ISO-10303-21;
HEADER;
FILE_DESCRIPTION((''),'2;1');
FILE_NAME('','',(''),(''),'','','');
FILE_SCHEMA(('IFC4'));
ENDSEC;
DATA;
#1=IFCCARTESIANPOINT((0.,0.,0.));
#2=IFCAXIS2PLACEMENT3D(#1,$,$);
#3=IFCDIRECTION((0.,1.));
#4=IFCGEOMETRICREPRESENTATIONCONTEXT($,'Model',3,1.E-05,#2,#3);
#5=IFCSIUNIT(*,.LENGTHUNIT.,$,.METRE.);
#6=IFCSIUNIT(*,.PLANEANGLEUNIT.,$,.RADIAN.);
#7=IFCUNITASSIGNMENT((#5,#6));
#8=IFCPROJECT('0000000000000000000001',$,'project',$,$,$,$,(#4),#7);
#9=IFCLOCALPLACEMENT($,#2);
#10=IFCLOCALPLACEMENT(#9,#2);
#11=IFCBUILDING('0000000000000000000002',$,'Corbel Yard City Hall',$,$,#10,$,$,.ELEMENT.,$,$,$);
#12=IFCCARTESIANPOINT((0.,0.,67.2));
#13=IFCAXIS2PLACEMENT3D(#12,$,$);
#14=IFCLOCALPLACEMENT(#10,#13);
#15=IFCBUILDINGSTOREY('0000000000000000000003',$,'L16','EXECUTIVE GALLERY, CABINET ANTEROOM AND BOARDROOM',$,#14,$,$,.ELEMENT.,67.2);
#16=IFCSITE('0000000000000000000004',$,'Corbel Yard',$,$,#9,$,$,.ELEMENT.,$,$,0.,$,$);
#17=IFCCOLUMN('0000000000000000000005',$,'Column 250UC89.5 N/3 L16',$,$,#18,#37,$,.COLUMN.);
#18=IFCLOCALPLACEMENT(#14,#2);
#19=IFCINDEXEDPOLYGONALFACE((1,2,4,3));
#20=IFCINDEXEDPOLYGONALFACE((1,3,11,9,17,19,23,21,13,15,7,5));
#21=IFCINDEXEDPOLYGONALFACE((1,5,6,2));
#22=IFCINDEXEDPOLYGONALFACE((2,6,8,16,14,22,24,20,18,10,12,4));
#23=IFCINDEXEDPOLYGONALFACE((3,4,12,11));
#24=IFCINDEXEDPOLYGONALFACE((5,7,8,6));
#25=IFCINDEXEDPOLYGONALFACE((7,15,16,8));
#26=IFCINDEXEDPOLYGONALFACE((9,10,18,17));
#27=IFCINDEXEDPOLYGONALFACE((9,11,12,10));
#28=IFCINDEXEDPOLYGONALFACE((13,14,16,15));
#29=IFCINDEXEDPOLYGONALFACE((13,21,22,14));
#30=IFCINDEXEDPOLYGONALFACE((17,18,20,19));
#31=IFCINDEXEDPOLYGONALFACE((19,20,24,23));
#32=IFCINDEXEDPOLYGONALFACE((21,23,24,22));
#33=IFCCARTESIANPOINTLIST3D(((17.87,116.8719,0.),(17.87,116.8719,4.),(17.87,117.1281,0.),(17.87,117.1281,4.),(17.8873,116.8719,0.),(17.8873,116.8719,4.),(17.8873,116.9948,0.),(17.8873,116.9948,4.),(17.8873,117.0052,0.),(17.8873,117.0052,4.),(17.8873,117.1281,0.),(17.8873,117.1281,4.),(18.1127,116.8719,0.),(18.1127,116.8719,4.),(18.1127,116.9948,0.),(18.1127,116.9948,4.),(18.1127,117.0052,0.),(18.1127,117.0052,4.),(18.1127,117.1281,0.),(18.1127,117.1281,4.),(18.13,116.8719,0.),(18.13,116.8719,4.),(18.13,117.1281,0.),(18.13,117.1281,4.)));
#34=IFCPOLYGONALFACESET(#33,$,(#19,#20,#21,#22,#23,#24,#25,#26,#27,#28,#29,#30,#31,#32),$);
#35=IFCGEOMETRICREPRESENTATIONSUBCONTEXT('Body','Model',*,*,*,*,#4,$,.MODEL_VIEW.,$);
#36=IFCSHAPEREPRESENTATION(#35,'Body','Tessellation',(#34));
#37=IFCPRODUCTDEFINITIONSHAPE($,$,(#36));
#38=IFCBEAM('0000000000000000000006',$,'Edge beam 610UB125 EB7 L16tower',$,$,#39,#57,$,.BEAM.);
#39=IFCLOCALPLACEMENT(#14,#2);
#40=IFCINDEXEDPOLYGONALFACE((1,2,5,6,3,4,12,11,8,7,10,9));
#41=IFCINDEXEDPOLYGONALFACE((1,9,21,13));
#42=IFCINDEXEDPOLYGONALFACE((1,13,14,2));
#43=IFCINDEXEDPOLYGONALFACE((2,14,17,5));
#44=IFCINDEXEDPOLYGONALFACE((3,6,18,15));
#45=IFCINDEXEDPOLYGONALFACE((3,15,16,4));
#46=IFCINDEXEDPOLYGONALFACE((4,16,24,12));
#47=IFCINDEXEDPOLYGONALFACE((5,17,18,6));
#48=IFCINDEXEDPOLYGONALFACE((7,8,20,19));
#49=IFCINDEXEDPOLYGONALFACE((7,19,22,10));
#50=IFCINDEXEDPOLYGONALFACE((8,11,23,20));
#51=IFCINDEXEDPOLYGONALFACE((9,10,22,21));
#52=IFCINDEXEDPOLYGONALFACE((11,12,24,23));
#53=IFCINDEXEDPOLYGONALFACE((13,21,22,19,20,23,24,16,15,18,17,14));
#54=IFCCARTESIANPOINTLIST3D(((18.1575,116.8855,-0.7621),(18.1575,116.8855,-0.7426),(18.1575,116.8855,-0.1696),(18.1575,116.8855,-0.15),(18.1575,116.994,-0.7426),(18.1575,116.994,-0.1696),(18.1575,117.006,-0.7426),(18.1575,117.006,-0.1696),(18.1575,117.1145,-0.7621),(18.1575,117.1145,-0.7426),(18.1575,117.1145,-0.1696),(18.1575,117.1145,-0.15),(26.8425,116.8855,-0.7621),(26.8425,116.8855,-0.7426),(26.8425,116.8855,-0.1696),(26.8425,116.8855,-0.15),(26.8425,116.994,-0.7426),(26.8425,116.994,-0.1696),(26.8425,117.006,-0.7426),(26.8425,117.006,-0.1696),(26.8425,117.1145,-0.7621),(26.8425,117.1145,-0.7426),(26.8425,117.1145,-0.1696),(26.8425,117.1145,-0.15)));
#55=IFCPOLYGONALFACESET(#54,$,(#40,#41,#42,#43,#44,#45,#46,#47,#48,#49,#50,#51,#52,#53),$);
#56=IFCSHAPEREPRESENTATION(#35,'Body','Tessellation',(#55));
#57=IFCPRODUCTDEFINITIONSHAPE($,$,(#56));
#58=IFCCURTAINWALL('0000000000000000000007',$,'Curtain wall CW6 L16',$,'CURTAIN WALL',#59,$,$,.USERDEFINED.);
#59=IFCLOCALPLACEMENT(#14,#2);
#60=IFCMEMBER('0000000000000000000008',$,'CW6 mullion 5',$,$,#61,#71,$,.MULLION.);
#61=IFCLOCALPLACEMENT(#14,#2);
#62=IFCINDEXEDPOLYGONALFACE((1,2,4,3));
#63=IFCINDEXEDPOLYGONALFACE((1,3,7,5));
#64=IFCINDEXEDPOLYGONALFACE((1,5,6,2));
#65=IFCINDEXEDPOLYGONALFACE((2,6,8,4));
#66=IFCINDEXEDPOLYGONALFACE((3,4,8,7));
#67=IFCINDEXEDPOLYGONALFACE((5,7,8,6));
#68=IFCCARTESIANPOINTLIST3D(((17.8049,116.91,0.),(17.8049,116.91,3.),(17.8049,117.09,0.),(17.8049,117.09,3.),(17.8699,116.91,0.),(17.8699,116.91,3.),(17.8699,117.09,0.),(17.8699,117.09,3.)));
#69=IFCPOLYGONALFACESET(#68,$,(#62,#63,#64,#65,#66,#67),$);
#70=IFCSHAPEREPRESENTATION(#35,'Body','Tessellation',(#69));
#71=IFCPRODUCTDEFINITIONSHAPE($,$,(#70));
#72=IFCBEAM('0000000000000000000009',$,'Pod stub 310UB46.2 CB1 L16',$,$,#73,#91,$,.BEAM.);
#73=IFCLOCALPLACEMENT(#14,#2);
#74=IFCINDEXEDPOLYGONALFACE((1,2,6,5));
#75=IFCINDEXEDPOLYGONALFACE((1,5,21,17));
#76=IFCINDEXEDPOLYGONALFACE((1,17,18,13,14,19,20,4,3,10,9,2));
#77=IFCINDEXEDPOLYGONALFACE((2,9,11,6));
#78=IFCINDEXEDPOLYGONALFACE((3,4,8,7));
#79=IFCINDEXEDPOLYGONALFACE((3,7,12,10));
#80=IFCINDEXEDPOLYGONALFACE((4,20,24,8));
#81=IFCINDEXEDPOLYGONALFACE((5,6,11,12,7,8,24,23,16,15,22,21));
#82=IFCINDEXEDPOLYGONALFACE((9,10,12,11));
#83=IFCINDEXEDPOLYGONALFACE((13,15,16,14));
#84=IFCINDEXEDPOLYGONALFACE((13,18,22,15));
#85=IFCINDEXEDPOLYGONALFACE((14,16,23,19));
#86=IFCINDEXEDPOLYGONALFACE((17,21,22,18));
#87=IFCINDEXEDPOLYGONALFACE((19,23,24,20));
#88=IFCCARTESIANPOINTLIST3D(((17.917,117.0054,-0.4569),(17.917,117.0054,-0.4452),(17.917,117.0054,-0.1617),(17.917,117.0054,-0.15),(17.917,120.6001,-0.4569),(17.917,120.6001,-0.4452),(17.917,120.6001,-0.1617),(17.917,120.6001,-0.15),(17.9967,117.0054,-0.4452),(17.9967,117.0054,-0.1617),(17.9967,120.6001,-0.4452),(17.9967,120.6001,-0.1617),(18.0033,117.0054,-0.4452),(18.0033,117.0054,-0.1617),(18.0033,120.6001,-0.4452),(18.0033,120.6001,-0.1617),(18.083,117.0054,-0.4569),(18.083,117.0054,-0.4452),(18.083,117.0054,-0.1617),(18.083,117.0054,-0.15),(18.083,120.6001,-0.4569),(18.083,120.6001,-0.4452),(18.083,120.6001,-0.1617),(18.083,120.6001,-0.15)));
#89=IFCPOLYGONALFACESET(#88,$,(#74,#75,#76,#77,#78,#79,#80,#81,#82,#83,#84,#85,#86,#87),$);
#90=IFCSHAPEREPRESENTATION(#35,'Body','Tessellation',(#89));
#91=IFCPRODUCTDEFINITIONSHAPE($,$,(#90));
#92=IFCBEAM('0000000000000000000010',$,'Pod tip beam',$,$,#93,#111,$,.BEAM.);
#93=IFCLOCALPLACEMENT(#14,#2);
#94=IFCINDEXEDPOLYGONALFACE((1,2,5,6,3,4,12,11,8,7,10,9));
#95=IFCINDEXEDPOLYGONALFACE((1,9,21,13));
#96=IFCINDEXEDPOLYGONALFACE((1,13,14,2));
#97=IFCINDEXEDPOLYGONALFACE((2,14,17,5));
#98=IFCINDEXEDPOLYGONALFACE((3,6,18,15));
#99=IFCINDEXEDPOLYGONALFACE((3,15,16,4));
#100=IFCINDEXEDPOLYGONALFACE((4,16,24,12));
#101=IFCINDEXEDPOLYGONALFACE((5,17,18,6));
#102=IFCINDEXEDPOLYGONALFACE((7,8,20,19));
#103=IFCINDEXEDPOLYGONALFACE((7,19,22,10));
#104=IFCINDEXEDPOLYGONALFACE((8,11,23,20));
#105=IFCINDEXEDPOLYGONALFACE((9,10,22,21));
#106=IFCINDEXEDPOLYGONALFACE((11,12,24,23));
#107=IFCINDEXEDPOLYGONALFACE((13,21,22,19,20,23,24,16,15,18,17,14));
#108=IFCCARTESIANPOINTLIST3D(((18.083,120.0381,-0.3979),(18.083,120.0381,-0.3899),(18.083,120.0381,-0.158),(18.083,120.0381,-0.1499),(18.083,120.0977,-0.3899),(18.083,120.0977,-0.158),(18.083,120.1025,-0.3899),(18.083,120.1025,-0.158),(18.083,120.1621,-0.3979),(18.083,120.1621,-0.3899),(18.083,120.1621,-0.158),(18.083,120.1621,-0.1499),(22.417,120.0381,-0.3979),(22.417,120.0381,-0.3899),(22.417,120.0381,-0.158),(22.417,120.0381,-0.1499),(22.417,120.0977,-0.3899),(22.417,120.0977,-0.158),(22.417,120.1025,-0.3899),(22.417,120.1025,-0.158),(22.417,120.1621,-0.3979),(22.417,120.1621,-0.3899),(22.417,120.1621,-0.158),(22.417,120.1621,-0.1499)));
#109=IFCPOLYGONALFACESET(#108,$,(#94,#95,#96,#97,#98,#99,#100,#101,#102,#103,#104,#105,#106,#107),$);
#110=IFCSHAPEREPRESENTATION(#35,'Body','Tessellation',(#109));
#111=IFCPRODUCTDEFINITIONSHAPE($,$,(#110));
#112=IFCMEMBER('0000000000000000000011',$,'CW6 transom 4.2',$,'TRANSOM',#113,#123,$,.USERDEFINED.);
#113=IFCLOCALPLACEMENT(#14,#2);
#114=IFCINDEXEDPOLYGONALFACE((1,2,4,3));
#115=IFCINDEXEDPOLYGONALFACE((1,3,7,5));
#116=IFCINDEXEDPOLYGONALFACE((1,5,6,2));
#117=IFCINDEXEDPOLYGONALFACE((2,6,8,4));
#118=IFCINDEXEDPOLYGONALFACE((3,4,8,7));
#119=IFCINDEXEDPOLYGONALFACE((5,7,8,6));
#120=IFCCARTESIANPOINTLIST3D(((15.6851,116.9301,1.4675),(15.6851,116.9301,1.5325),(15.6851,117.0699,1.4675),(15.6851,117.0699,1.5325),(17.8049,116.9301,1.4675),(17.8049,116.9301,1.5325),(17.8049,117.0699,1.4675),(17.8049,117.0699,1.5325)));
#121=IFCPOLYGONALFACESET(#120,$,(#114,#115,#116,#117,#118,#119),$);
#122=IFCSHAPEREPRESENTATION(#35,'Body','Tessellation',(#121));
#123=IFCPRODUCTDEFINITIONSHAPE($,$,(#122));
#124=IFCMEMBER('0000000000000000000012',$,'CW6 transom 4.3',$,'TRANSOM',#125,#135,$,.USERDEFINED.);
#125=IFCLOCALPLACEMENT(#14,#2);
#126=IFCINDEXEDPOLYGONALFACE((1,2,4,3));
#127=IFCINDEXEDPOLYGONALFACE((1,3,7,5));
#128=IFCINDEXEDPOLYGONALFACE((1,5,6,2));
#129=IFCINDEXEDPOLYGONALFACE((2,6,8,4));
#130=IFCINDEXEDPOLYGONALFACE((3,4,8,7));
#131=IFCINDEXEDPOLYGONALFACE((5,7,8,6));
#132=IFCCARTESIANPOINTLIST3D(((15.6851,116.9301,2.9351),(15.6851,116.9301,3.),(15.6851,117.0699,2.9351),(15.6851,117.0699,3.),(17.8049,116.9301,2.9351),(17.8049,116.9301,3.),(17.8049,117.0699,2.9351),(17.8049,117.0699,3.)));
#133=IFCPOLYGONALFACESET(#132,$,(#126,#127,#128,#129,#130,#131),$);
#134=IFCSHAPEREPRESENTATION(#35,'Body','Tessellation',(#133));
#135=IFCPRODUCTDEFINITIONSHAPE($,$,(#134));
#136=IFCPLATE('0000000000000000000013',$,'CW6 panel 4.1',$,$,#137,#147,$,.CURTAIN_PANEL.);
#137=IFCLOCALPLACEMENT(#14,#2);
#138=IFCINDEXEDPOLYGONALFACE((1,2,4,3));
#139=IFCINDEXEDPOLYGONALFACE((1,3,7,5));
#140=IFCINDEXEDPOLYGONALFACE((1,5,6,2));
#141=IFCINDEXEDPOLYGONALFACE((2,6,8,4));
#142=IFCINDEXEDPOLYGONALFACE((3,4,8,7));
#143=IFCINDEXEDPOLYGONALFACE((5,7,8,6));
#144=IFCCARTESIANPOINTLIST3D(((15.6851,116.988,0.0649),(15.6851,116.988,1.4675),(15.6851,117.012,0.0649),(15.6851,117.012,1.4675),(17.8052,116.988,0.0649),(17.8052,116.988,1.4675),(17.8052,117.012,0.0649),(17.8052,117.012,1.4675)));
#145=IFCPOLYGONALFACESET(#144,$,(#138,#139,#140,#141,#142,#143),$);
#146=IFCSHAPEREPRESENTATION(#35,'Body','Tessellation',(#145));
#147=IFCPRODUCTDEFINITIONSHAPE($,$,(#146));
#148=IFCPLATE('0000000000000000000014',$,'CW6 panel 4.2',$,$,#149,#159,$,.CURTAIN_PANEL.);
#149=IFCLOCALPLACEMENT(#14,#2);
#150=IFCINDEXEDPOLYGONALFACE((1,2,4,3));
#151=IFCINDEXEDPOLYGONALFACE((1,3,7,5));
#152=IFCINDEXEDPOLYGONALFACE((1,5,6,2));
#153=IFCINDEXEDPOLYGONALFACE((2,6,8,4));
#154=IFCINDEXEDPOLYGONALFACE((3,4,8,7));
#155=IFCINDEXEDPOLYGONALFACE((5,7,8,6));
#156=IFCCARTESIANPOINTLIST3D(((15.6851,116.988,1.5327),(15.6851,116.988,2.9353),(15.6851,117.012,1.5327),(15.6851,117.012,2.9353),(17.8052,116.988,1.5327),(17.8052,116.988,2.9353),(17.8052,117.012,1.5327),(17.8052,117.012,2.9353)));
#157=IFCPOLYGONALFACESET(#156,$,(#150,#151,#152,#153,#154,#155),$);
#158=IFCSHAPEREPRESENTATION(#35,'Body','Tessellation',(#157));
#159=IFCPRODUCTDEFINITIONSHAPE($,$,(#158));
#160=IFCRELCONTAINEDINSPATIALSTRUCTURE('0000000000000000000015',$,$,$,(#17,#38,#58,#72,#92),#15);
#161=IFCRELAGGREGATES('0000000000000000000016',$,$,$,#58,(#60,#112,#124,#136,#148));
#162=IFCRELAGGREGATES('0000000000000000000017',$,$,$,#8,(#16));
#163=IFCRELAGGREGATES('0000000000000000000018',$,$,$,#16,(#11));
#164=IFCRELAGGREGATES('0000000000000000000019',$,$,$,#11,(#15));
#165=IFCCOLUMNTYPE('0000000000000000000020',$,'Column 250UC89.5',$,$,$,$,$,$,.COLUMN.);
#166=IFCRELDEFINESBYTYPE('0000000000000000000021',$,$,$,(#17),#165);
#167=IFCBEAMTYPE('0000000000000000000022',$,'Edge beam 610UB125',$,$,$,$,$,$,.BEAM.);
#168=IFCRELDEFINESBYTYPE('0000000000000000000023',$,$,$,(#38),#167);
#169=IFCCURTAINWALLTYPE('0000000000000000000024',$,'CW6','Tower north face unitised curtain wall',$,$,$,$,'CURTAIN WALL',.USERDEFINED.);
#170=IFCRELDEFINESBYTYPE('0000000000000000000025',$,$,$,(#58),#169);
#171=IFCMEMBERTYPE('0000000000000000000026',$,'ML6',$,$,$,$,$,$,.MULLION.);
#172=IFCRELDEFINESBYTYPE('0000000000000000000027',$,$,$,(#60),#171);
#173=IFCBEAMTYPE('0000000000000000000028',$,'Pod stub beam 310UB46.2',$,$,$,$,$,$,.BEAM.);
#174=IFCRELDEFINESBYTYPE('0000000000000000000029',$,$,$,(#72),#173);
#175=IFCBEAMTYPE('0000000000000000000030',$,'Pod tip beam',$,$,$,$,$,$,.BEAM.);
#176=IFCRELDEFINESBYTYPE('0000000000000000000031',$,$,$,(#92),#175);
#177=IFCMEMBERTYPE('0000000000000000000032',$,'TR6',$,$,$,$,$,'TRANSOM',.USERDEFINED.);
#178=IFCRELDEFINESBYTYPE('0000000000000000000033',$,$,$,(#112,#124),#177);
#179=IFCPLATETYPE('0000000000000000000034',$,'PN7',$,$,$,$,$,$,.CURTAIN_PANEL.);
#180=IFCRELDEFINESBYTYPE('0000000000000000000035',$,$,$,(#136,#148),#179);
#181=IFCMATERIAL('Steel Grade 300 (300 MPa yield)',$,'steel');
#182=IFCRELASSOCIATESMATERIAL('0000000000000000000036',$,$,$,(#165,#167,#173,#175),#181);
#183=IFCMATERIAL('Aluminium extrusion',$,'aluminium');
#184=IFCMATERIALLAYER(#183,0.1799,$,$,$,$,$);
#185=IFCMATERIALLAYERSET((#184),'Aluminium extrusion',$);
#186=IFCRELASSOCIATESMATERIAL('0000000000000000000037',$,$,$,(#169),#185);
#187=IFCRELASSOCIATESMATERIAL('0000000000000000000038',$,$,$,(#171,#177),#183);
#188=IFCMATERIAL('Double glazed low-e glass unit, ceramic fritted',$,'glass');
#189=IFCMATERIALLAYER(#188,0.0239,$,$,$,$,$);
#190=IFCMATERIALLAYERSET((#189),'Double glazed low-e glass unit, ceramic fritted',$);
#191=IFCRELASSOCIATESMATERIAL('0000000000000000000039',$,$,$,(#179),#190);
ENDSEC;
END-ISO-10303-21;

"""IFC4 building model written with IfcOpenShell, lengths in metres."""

from ifc_helpers import new_model, si_unit, direction, frame, origin, origin_2d, place, context, subcontext, project, spatial, rectangle, i_section, extrude, material, layer, layer_set, material_profile, profile_set, type_object, element, aggregate, save


model = new_model("IFC4")

# Units and contexts
model_context = context("Model", 3, precision=1e-05, world=origin(), true_north=direction((0.0, 1.0)))
body_context = subcontext(model_context, "Body", "Model", "MODEL_VIEW")
ifc_project = project(units=[si_unit("LENGTHUNIT", "METRE"), si_unit("PLANEANGLEUNIT", "RADIAN")], contexts=[model_context])

# Site, building, storey
site_placement = place(None, origin())
site = spatial("IfcSite", under=ifc_project, at=site_placement, Name="Corbel Yard", CompositionType="ELEMENT", RefElevation=0.0)
building_placement = place(site_placement, origin())
building = spatial("IfcBuilding", under=site, at=building_placement, Name="Corbel Yard City Hall", CompositionType="ELEMENT")
storey_placement = place(building_placement, frame((0.0, 0.0, 67.2)))
storey = spatial("IfcBuildingStorey", under=building, at=storey_placement, Name="L16", Description="EXECUTIVE GALLERY, CABINET ANTEROOM AND BOARDROOM", CompositionType="ELEMENT", Elevation=67.2)

# Column
ifc_material_1 = material(Name="Steel Grade 300 (300 MPa yield)", Category="steel")
ifc_material_profile_1 = material_profile(ifc_material_1, i_section(OverallWidth=0.2561, OverallDepth=0.26, WebThickness=0.0105, FlangeThickness=0.0173, at=origin_2d()), Name="250UC89.5")
ifc_profile_set_1 = profile_set([ifc_material_profile_1], Name="Steel Grade 300 (300 MPa yield)")
column_type = type_object("IfcColumnType", Name="Column 250UC89.5", PredefinedType="COLUMN", material=ifc_profile_set_1)
column_placement = place(storey_placement, frame((18.0, 117.0, 0.0), z_axis=(0.0, 0.0, 1.0), x_axis=(0.0, 1.0, 0.0)))
element("IfcColumn", 1, at=column_placement, inside=storey, type_object=column_type, Name="Column 250UC89.5 N/3 L16", PredefinedType="COLUMN", context=body_context, shape_type="SweptSolid", body=[
    extrude(i_section(OverallWidth=0.2561, OverallDepth=0.26, WebThickness=0.0105, FlangeThickness=0.0173, at=origin_2d()), origin(), (0.0, 0.0, 1.0), 4.0),
])

# Beam
ifc_material_profile_2 = material_profile(ifc_material_1, i_section(OverallWidth=0.229, OverallDepth=0.6121, WebThickness=0.012, FlangeThickness=0.0195, at=origin_2d()), Name="610UB125")
ifc_profile_set_2 = profile_set([ifc_material_profile_2], Name="Steel Grade 300 (300 MPa yield)")
beam_type_1 = type_object("IfcBeamType", Name="Edge beam 610UB125", PredefinedType="BEAM", material=ifc_profile_set_2)
beam_1_placement = place(storey_placement, frame((18.1575, 117.0, -0.4561), z_axis=(1.0, 0.0, 0.0), x_axis=(0.0, 1.0, 0.0)))
element("IfcBeam", 2, at=beam_1_placement, inside=storey, type_object=beam_type_1, Name="Edge beam 610UB125 EB7 L16tower", PredefinedType="BEAM", context=body_context, shape_type="SweptSolid", body=[
    extrude(i_section(OverallWidth=0.229, OverallDepth=0.6121, WebThickness=0.012, FlangeThickness=0.0195, at=origin_2d()), origin(), (0.0, 0.0, 1.0), 8.6851),
])

# Curtain wall, member
ifc_material_2 = material(Name="Aluminium extrusion", Category="aluminium")
ifc_layer_1 = layer(ifc_material_2, 0.1799)
ifc_layer_set_1 = layer_set([ifc_layer_1], Name="Aluminium extrusion")
curtain_wall_type = type_object("IfcCurtainWallType", Name="CW6", Description="Tower north face unitised curtain wall", ElementType="CURTAIN WALL", PredefinedType="USERDEFINED", material=ifc_layer_set_1)
curtain_wall_placement = place(storey_placement, origin())
curtain_wall = element("IfcCurtainWall", 3, at=curtain_wall_placement, inside=storey, type_object=curtain_wall_type, Name="Curtain wall CW6 L16", ObjectType="CURTAIN WALL", PredefinedType="USERDEFINED")
ifc_material_profile_3 = material_profile(ifc_material_2, rectangle(XDim=0.1799, YDim=0.0649, at=origin_2d()), Name="180x65")
ifc_profile_set_3 = profile_set([ifc_material_profile_3], Name="Aluminium extrusion")
member_type_1 = type_object("IfcMemberType", Name="ML6", PredefinedType="MULLION", material=ifc_profile_set_3)
member_1_placement = place(storey_placement, frame((17.8374, 117.0, 0.0), z_axis=(0.0, 0.0, 1.0), x_axis=(0.0, 1.0, 0.0)))
member_1 = element("IfcMember", 4, at=member_1_placement, type_object=member_type_1, Name="CW6 mullion 5", PredefinedType="MULLION", context=body_context, shape_type="SweptSolid", body=[
    extrude(rectangle(XDim=0.1799, YDim=0.0649, at=origin_2d()), origin(), (0.0, 0.0, 1.0), 3.0),
])

# Beams
ifc_material_profile_4 = material_profile(ifc_material_1, i_section(OverallWidth=0.166, OverallDepth=0.3069, WebThickness=0.0066, FlangeThickness=0.0117, at=origin_2d()), Name="310UB46.2")
ifc_profile_set_4 = profile_set([ifc_material_profile_4], Name="Steel Grade 300 (300 MPa yield)")
beam_type_2 = type_object("IfcBeamType", Name="Pod stub beam 310UB46.2", PredefinedType="BEAM", material=ifc_profile_set_4)
beam_2_placement = place(storey_placement, frame((18.0, 117.0054, -0.3035), z_axis=(0.0, 1.0, 0.0), x_axis=(-1.0, 0.0, 0.0)))
element("IfcBeam", 5, at=beam_2_placement, inside=storey, type_object=beam_type_2, Name="Pod stub 310UB46.2 CB1 L16", PredefinedType="BEAM", context=body_context, shape_type="SweptSolid", body=[
    extrude(i_section(OverallWidth=0.166, OverallDepth=0.3069, WebThickness=0.0066, FlangeThickness=0.0117, at=origin_2d()), origin(), (0.0, 0.0, 1.0), 3.5947),
])
ifc_material_profile_5 = material_profile(ifc_material_1, i_section(OverallWidth=0.124, OverallDepth=0.248, WebThickness=0.0049, FlangeThickness=0.0081, at=origin_2d()), Name="250UB25.7")
ifc_profile_set_5 = profile_set([ifc_material_profile_5], Name="Steel Grade 300 (300 MPa yield)")
beam_type_3 = type_object("IfcBeamType", Name="Pod tip beam", PredefinedType="BEAM", material=ifc_profile_set_5)
beam_3_placement = place(storey_placement, frame((18.083, 120.1001, -0.2739), z_axis=(1.0, 0.0, 0.0), x_axis=(0.0, 1.0, 0.0)))
element("IfcBeam", 6, at=beam_3_placement, inside=storey, type_object=beam_type_3, Name="Pod tip beam", PredefinedType="BEAM", context=body_context, shape_type="SweptSolid", body=[
    extrude(i_section(OverallWidth=0.124, OverallDepth=0.248, WebThickness=0.0049, FlangeThickness=0.0081, at=origin_2d()), origin(), (0.0, 0.0, 1.0), 4.334),
])

# Members
ifc_material_profile_6 = material_profile(ifc_material_2, rectangle(XDim=0.1399, YDim=0.0649, at=origin_2d()), Name="140x65")
ifc_profile_set_6 = profile_set([ifc_material_profile_6], Name="Aluminium extrusion")
member_type_2 = type_object("IfcMemberType", Name="TR6", ElementType="TRANSOM", PredefinedType="USERDEFINED", material=ifc_profile_set_6)
member_2_placement = place(storey_placement, frame((15.6851, 117.0, 1.5), z_axis=(1.0, 0.0, 0.0), x_axis=(0.0, 1.0, 0.0)))
member_2 = element("IfcMember", 7, at=member_2_placement, type_object=member_type_2, Name="CW6 transom 4.2", ObjectType="TRANSOM", PredefinedType="USERDEFINED", context=body_context, shape_type="SweptSolid", body=[
    extrude(rectangle(XDim=0.1399, YDim=0.0649, at=origin_2d()), origin(), (0.0, 0.0, 1.0), 2.1199),
])
member_3_placement = place(storey_placement, frame((15.6851, 117.0, 2.9675), z_axis=(1.0, 0.0, 0.0), x_axis=(0.0, 1.0, 0.0)))
member_3 = element("IfcMember", 8, at=member_3_placement, type_object=member_type_2, Name="CW6 transom 4.3", ObjectType="TRANSOM", PredefinedType="USERDEFINED", context=body_context, shape_type="SweptSolid", body=[
    extrude(rectangle(XDim=0.1399, YDim=0.0649, at=origin_2d()), origin(), (0.0, 0.0, 1.0), 2.1199),
])

# Plates
ifc_material_3 = material(Name="Double glazed low-e glass unit, ceramic fritted", Category="glass")
ifc_layer_2 = layer(ifc_material_3, 0.0239)
ifc_layer_set_2 = layer_set([ifc_layer_2], Name="Double glazed low-e glass unit, ceramic fritted")
plate_type = type_object("IfcPlateType", Name="PN7", PredefinedType="CURTAIN_PANEL", material=ifc_layer_set_2)
plate_1_placement = place(storey_placement, frame((16.7451, 117.0, 0.0649), z_axis=(0.0, 0.0, 1.0), x_axis=(1.0, 0.0, 0.0)))
plate_1 = element("IfcPlate", 9, at=plate_1_placement, type_object=plate_type, Name="CW6 panel 4.1", PredefinedType="CURTAIN_PANEL", context=body_context, shape_type="SweptSolid", body=[
    extrude(rectangle(XDim=2.1201, YDim=0.0239, at=origin_2d()), origin(), (0.0, 0.0, 1.0), 1.4026),
])
plate_2_placement = place(storey_placement, frame((16.7451, 117.0, 1.5327), z_axis=(0.0, 0.0, 1.0), x_axis=(1.0, 0.0, 0.0)))
plate_2 = element("IfcPlate", 10, at=plate_2_placement, type_object=plate_type, Name="CW6 panel 4.2", PredefinedType="CURTAIN_PANEL", context=body_context, shape_type="SweptSolid", body=[
    extrude(rectangle(XDim=2.1201, YDim=0.0239, at=origin_2d()), origin(), (0.0, 0.0, 1.0), 1.4026),
])
aggregate(curtain_wall, [member_1, member_2, member_3, plate_1, plate_2])

save(model, "model.ifc")
